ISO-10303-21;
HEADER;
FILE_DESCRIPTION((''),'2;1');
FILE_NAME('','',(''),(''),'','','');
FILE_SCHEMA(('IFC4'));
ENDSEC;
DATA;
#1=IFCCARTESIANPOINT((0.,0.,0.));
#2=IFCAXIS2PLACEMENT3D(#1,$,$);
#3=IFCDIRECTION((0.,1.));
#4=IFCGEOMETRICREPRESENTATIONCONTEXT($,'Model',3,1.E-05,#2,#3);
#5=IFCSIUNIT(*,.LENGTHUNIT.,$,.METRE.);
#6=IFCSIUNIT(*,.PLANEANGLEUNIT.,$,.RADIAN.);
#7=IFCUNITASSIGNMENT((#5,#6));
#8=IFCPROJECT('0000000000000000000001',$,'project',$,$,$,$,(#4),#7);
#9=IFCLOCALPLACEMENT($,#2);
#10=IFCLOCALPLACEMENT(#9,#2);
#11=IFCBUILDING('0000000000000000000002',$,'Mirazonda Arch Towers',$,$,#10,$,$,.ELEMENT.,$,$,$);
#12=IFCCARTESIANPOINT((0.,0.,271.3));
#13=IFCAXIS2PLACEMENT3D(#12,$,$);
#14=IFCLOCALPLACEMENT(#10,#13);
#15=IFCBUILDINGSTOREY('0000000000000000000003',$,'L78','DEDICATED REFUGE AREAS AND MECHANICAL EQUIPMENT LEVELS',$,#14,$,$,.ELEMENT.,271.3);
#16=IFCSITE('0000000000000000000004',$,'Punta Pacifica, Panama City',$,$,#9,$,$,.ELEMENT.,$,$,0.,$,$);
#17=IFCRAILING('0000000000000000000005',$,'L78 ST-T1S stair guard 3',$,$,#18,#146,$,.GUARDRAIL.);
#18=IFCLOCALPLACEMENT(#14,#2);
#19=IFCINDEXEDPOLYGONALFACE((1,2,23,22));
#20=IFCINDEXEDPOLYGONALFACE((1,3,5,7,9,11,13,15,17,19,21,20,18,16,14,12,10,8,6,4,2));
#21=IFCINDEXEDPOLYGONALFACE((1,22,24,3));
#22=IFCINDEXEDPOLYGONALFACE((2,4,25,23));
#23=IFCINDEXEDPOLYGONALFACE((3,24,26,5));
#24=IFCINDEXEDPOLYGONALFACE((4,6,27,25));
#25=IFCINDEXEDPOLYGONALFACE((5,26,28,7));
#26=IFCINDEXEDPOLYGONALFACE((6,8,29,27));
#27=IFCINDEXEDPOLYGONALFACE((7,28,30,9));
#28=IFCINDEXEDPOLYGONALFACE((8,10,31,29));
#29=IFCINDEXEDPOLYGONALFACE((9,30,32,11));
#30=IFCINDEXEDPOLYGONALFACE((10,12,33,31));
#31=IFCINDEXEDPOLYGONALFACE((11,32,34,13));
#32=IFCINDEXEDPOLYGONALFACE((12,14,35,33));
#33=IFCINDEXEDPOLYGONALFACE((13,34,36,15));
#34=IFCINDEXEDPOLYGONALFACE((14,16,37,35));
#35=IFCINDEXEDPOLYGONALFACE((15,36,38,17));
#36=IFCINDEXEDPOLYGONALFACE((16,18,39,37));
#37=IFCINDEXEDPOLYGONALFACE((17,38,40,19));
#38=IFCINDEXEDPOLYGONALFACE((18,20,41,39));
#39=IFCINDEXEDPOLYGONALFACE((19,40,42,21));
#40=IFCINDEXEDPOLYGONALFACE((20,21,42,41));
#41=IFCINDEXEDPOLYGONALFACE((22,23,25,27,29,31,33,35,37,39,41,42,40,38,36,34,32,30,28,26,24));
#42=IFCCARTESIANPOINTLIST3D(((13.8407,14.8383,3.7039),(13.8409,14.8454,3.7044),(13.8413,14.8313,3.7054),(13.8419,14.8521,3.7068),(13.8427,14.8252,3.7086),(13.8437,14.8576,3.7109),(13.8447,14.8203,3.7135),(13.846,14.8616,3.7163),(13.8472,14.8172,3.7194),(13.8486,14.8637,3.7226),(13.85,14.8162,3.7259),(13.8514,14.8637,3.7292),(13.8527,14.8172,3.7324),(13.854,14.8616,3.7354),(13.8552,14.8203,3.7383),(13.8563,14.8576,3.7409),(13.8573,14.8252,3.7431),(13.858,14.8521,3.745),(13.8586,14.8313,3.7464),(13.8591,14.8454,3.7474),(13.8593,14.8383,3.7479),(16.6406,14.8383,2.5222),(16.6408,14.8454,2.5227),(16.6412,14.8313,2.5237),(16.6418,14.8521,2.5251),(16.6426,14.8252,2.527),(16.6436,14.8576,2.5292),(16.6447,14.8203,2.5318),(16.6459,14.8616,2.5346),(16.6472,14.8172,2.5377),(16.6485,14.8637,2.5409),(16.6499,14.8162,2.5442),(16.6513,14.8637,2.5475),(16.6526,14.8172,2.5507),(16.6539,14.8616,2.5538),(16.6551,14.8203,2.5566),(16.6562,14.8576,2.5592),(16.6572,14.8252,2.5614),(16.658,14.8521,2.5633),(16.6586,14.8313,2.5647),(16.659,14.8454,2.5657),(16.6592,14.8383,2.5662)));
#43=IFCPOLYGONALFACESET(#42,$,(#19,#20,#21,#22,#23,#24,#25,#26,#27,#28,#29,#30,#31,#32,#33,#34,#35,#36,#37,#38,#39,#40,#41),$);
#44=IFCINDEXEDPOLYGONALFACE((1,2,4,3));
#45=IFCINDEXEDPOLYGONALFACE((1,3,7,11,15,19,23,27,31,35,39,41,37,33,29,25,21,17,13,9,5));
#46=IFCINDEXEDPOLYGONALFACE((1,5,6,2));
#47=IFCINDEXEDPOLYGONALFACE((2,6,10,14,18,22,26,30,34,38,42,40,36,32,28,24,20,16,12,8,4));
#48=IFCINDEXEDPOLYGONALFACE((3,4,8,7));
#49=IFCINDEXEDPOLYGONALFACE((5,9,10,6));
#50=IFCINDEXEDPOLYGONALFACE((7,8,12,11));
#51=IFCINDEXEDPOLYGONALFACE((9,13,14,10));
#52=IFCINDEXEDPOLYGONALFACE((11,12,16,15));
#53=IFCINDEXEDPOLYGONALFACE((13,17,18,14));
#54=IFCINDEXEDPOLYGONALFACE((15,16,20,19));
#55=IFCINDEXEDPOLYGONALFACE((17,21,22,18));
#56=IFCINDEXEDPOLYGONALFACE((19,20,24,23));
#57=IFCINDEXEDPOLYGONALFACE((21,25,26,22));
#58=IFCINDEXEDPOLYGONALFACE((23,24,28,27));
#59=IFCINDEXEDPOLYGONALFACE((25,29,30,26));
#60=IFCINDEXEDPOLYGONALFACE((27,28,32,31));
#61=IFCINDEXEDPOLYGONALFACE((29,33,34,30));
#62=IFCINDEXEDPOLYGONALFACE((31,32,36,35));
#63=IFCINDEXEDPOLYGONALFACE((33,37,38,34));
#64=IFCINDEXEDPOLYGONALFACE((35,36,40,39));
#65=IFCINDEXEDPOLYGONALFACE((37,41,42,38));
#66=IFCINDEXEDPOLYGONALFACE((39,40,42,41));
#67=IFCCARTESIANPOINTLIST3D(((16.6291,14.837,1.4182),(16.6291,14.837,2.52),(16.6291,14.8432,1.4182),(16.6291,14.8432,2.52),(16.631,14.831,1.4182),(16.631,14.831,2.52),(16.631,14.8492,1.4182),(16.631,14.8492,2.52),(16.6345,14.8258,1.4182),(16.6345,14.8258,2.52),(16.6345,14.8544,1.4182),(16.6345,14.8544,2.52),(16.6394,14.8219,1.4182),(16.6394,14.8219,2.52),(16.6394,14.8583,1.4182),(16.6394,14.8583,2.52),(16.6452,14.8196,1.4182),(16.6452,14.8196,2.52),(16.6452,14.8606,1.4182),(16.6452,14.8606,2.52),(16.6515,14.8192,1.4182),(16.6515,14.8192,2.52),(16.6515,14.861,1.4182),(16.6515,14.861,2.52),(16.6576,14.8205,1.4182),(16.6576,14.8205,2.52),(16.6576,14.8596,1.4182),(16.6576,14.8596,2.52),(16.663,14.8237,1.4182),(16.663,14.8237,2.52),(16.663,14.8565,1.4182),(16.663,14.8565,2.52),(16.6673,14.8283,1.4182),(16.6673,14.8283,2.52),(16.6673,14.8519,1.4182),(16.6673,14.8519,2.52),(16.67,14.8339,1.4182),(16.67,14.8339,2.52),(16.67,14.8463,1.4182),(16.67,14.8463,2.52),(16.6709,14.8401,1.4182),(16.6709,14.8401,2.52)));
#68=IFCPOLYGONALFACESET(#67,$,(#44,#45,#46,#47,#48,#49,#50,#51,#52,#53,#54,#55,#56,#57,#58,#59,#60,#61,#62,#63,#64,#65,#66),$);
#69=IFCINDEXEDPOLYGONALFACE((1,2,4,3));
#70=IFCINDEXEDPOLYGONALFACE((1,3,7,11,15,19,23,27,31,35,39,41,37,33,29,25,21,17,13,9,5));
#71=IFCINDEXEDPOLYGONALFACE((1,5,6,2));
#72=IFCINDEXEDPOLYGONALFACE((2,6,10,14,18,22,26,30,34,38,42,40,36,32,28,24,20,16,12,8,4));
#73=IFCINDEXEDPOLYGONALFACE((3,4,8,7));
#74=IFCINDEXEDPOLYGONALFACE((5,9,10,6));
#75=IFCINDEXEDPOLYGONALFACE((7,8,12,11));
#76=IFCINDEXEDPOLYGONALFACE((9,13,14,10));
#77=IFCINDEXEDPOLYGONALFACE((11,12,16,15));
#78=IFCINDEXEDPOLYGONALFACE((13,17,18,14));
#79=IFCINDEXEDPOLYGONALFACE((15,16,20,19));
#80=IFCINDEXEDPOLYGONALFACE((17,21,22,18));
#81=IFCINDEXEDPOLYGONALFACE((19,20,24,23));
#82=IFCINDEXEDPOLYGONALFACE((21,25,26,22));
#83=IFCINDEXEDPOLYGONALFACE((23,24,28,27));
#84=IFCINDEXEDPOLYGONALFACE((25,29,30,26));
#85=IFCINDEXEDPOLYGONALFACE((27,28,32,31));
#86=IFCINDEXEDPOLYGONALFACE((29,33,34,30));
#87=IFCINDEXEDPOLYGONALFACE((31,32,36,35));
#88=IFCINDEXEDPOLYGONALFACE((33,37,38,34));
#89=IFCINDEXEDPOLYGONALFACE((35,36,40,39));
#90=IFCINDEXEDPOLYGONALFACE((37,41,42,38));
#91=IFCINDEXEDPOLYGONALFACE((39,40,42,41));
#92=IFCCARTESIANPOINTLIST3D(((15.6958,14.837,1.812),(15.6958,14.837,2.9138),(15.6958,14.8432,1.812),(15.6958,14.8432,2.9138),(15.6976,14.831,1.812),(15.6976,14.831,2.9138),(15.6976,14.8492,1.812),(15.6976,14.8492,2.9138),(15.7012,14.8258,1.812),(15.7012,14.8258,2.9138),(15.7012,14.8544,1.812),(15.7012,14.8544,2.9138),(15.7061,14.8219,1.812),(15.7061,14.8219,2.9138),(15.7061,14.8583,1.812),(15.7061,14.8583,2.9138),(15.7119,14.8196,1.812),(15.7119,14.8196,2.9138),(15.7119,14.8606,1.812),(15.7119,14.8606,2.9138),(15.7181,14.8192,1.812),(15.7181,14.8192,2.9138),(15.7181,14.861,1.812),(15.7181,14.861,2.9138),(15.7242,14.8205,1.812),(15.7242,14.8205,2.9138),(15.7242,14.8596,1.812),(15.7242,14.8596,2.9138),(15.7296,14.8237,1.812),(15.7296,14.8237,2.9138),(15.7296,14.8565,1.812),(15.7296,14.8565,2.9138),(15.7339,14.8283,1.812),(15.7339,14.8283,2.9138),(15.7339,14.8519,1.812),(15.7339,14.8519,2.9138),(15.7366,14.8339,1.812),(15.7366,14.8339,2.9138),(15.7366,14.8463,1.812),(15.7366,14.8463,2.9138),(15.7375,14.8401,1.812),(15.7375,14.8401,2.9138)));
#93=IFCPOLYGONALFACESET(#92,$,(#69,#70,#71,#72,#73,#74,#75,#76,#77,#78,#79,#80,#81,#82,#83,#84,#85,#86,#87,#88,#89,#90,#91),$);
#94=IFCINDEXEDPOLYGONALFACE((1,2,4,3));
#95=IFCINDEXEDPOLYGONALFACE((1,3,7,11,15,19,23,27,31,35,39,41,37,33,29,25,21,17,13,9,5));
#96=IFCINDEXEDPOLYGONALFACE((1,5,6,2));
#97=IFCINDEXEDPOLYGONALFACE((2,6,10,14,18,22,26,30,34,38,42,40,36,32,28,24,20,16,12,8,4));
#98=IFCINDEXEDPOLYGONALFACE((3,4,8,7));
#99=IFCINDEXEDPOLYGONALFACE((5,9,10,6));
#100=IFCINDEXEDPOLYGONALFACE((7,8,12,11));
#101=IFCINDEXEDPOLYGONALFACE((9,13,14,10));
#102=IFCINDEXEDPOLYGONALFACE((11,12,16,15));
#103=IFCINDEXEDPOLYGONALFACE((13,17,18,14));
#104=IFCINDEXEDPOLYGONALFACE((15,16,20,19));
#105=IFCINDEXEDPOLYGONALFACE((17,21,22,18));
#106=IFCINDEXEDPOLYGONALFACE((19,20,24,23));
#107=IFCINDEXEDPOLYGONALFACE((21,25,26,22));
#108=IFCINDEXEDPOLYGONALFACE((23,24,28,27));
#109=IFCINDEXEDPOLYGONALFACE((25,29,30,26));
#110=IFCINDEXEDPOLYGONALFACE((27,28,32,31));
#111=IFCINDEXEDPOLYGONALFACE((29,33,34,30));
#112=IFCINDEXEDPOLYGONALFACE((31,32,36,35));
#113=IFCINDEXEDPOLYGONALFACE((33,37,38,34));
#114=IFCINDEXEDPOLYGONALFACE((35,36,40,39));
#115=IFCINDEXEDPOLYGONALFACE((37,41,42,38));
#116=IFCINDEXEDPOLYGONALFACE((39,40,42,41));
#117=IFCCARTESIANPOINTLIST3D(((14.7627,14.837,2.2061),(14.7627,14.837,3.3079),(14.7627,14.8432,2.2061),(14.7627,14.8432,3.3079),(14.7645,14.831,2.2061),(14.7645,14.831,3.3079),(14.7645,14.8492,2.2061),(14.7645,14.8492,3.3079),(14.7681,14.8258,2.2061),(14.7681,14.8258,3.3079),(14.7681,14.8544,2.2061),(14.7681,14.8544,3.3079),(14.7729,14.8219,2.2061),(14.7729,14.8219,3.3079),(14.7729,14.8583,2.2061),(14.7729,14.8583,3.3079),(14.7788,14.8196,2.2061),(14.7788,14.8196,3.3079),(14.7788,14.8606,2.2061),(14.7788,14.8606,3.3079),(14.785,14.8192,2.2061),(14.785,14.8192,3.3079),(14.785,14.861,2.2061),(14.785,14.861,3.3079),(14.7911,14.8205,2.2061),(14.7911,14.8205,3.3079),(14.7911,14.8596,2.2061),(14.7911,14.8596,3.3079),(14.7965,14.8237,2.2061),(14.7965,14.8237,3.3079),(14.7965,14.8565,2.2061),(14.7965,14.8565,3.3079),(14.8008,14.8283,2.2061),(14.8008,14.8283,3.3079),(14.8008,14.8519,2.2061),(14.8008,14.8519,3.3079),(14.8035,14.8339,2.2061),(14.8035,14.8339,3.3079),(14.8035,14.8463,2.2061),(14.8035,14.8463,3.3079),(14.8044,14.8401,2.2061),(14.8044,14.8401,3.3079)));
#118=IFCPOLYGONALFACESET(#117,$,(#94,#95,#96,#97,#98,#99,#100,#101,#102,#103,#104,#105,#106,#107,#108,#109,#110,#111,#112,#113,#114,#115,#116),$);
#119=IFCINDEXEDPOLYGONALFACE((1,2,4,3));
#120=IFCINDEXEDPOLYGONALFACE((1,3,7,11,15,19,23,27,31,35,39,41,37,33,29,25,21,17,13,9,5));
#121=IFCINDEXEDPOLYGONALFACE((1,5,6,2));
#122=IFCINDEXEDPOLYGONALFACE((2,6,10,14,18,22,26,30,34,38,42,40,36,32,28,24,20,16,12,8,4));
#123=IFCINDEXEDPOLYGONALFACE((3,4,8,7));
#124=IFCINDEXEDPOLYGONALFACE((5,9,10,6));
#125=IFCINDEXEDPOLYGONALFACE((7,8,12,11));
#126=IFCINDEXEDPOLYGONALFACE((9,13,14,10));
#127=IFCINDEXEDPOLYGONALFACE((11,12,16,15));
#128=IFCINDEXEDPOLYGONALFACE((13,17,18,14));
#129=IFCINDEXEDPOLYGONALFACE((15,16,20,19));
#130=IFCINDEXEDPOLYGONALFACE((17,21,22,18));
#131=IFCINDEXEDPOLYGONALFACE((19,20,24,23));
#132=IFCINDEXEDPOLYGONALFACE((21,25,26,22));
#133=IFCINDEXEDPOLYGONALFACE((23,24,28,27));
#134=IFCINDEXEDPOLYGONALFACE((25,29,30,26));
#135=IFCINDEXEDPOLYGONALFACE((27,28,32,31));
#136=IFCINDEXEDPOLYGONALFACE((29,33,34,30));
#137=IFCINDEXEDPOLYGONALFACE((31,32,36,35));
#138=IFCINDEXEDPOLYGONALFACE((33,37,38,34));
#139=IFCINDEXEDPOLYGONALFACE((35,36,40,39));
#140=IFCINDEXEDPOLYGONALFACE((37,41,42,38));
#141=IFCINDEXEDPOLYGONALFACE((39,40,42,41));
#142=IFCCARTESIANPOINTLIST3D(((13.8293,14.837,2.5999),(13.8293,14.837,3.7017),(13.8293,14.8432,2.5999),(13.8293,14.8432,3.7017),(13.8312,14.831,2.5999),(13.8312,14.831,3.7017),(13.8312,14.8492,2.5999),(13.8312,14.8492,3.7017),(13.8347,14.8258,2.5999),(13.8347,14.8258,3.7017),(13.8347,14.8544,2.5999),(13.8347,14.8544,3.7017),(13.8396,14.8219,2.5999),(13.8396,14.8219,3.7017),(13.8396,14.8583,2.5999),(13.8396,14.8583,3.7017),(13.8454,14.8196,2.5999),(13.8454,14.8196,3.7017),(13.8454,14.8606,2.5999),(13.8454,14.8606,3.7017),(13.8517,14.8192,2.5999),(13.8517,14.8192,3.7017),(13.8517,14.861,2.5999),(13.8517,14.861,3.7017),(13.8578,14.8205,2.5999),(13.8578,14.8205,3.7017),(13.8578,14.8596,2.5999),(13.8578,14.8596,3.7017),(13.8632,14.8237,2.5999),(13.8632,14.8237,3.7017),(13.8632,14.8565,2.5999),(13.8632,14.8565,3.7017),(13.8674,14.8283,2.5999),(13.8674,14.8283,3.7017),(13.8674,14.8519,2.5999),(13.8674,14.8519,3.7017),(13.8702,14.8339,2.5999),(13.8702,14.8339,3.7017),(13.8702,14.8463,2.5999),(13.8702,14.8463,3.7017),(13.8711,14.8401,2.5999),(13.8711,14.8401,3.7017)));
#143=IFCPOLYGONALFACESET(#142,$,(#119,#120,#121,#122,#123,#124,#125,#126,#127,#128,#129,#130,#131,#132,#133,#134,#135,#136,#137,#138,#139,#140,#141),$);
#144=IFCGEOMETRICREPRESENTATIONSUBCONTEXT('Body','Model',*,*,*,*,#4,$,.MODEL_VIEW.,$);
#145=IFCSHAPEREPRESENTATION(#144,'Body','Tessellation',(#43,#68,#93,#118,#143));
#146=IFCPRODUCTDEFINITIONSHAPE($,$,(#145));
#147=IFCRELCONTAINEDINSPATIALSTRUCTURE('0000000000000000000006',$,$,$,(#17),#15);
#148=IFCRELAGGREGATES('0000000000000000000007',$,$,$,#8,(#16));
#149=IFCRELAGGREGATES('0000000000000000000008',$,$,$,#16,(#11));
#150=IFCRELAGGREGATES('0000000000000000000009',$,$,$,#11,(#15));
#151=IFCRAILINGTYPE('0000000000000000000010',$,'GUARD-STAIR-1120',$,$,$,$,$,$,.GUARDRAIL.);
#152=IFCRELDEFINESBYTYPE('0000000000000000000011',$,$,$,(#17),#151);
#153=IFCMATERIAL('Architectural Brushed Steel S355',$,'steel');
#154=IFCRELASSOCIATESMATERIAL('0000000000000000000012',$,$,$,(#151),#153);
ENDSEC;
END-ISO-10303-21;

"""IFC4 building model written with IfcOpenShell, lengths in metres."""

from ifc_helpers import new_model, si_unit, direction, frame, origin, origin_2d, place, context, subcontext, project, spatial, circle, extrude, material, type_object, element, save


model = new_model("IFC4")

# Units and contexts
model_context = context("Model", 3, precision=1e-05, world=origin(), true_north=direction((0.0, 1.0)))
body_context = subcontext(model_context, "Body", "Model", "MODEL_VIEW")
ifc_project = project(units=[si_unit("LENGTHUNIT", "METRE"), si_unit("PLANEANGLEUNIT", "RADIAN")], contexts=[model_context])

# Site, building, storey
site_placement = place(None, origin())
site = spatial("IfcSite", under=ifc_project, at=site_placement, Name="Punta Pacifica, Panama City", CompositionType="ELEMENT", RefElevation=0.0)
building_placement = place(site_placement, origin())
building = spatial("IfcBuilding", under=site, at=building_placement, Name="Mirazonda Arch Towers", CompositionType="ELEMENT")
storey_placement = place(building_placement, frame((0.0, 0.0, 271.3)))
storey = spatial("IfcBuildingStorey", under=building, at=storey_placement, Name="L78", Description="DEDICATED REFUGE AREAS AND MECHANICAL EQUIPMENT LEVELS", CompositionType="ELEMENT", Elevation=271.3)

# Shared definitions
ifc_material_1 = material(Name="Architectural Brushed Steel S355", Category="steel")

# Railing
railing_type_1 = type_object("IfcRailingType", Name="GUARD-STAIR-1120", PredefinedType="GUARDRAIL", material=ifc_material_1)
railing_1_placement = place(storey_placement, frame((16.6499, 14.8401, 1.4182)))
element("IfcRailing", 1, at=railing_1_placement, inside=storey, type_object=railing_type_1, Name="L78 ST-T1S stair guard 3", PredefinedType="GUARDRAIL", context=body_context, shape_type="SweptSolid", body=[
    extrude(circle(Radius=0.0239, at=origin_2d()), frame((0.0, 0.0, 1.126), z_axis=(-0.921308, 0.0, 0.388833), x_axis=(0.0, -1.0, 0.0)), (0.0, 0.0, 1.0), 3.0391),
    extrude(circle(Radius=0.021, at=origin_2d()), origin(), (0.0, 0.0, 1.0), 1.1018),
    extrude(circle(Radius=0.021, at=origin_2d()), frame((-0.9333, 0.0, 0.3938)), (0.0, 0.0, 1.0), 1.1018),
    extrude(circle(Radius=0.021, at=origin_2d()), frame((-1.8665, 0.0, 0.7878)), (0.0, 0.0, 1.0), 1.1018),
    extrude(circle(Radius=0.021, at=origin_2d()), frame((-2.7998, 0.0, 1.1816)), (0.0, 0.0, 1.0), 1.1018),
])

save(model, "model.ifc")
